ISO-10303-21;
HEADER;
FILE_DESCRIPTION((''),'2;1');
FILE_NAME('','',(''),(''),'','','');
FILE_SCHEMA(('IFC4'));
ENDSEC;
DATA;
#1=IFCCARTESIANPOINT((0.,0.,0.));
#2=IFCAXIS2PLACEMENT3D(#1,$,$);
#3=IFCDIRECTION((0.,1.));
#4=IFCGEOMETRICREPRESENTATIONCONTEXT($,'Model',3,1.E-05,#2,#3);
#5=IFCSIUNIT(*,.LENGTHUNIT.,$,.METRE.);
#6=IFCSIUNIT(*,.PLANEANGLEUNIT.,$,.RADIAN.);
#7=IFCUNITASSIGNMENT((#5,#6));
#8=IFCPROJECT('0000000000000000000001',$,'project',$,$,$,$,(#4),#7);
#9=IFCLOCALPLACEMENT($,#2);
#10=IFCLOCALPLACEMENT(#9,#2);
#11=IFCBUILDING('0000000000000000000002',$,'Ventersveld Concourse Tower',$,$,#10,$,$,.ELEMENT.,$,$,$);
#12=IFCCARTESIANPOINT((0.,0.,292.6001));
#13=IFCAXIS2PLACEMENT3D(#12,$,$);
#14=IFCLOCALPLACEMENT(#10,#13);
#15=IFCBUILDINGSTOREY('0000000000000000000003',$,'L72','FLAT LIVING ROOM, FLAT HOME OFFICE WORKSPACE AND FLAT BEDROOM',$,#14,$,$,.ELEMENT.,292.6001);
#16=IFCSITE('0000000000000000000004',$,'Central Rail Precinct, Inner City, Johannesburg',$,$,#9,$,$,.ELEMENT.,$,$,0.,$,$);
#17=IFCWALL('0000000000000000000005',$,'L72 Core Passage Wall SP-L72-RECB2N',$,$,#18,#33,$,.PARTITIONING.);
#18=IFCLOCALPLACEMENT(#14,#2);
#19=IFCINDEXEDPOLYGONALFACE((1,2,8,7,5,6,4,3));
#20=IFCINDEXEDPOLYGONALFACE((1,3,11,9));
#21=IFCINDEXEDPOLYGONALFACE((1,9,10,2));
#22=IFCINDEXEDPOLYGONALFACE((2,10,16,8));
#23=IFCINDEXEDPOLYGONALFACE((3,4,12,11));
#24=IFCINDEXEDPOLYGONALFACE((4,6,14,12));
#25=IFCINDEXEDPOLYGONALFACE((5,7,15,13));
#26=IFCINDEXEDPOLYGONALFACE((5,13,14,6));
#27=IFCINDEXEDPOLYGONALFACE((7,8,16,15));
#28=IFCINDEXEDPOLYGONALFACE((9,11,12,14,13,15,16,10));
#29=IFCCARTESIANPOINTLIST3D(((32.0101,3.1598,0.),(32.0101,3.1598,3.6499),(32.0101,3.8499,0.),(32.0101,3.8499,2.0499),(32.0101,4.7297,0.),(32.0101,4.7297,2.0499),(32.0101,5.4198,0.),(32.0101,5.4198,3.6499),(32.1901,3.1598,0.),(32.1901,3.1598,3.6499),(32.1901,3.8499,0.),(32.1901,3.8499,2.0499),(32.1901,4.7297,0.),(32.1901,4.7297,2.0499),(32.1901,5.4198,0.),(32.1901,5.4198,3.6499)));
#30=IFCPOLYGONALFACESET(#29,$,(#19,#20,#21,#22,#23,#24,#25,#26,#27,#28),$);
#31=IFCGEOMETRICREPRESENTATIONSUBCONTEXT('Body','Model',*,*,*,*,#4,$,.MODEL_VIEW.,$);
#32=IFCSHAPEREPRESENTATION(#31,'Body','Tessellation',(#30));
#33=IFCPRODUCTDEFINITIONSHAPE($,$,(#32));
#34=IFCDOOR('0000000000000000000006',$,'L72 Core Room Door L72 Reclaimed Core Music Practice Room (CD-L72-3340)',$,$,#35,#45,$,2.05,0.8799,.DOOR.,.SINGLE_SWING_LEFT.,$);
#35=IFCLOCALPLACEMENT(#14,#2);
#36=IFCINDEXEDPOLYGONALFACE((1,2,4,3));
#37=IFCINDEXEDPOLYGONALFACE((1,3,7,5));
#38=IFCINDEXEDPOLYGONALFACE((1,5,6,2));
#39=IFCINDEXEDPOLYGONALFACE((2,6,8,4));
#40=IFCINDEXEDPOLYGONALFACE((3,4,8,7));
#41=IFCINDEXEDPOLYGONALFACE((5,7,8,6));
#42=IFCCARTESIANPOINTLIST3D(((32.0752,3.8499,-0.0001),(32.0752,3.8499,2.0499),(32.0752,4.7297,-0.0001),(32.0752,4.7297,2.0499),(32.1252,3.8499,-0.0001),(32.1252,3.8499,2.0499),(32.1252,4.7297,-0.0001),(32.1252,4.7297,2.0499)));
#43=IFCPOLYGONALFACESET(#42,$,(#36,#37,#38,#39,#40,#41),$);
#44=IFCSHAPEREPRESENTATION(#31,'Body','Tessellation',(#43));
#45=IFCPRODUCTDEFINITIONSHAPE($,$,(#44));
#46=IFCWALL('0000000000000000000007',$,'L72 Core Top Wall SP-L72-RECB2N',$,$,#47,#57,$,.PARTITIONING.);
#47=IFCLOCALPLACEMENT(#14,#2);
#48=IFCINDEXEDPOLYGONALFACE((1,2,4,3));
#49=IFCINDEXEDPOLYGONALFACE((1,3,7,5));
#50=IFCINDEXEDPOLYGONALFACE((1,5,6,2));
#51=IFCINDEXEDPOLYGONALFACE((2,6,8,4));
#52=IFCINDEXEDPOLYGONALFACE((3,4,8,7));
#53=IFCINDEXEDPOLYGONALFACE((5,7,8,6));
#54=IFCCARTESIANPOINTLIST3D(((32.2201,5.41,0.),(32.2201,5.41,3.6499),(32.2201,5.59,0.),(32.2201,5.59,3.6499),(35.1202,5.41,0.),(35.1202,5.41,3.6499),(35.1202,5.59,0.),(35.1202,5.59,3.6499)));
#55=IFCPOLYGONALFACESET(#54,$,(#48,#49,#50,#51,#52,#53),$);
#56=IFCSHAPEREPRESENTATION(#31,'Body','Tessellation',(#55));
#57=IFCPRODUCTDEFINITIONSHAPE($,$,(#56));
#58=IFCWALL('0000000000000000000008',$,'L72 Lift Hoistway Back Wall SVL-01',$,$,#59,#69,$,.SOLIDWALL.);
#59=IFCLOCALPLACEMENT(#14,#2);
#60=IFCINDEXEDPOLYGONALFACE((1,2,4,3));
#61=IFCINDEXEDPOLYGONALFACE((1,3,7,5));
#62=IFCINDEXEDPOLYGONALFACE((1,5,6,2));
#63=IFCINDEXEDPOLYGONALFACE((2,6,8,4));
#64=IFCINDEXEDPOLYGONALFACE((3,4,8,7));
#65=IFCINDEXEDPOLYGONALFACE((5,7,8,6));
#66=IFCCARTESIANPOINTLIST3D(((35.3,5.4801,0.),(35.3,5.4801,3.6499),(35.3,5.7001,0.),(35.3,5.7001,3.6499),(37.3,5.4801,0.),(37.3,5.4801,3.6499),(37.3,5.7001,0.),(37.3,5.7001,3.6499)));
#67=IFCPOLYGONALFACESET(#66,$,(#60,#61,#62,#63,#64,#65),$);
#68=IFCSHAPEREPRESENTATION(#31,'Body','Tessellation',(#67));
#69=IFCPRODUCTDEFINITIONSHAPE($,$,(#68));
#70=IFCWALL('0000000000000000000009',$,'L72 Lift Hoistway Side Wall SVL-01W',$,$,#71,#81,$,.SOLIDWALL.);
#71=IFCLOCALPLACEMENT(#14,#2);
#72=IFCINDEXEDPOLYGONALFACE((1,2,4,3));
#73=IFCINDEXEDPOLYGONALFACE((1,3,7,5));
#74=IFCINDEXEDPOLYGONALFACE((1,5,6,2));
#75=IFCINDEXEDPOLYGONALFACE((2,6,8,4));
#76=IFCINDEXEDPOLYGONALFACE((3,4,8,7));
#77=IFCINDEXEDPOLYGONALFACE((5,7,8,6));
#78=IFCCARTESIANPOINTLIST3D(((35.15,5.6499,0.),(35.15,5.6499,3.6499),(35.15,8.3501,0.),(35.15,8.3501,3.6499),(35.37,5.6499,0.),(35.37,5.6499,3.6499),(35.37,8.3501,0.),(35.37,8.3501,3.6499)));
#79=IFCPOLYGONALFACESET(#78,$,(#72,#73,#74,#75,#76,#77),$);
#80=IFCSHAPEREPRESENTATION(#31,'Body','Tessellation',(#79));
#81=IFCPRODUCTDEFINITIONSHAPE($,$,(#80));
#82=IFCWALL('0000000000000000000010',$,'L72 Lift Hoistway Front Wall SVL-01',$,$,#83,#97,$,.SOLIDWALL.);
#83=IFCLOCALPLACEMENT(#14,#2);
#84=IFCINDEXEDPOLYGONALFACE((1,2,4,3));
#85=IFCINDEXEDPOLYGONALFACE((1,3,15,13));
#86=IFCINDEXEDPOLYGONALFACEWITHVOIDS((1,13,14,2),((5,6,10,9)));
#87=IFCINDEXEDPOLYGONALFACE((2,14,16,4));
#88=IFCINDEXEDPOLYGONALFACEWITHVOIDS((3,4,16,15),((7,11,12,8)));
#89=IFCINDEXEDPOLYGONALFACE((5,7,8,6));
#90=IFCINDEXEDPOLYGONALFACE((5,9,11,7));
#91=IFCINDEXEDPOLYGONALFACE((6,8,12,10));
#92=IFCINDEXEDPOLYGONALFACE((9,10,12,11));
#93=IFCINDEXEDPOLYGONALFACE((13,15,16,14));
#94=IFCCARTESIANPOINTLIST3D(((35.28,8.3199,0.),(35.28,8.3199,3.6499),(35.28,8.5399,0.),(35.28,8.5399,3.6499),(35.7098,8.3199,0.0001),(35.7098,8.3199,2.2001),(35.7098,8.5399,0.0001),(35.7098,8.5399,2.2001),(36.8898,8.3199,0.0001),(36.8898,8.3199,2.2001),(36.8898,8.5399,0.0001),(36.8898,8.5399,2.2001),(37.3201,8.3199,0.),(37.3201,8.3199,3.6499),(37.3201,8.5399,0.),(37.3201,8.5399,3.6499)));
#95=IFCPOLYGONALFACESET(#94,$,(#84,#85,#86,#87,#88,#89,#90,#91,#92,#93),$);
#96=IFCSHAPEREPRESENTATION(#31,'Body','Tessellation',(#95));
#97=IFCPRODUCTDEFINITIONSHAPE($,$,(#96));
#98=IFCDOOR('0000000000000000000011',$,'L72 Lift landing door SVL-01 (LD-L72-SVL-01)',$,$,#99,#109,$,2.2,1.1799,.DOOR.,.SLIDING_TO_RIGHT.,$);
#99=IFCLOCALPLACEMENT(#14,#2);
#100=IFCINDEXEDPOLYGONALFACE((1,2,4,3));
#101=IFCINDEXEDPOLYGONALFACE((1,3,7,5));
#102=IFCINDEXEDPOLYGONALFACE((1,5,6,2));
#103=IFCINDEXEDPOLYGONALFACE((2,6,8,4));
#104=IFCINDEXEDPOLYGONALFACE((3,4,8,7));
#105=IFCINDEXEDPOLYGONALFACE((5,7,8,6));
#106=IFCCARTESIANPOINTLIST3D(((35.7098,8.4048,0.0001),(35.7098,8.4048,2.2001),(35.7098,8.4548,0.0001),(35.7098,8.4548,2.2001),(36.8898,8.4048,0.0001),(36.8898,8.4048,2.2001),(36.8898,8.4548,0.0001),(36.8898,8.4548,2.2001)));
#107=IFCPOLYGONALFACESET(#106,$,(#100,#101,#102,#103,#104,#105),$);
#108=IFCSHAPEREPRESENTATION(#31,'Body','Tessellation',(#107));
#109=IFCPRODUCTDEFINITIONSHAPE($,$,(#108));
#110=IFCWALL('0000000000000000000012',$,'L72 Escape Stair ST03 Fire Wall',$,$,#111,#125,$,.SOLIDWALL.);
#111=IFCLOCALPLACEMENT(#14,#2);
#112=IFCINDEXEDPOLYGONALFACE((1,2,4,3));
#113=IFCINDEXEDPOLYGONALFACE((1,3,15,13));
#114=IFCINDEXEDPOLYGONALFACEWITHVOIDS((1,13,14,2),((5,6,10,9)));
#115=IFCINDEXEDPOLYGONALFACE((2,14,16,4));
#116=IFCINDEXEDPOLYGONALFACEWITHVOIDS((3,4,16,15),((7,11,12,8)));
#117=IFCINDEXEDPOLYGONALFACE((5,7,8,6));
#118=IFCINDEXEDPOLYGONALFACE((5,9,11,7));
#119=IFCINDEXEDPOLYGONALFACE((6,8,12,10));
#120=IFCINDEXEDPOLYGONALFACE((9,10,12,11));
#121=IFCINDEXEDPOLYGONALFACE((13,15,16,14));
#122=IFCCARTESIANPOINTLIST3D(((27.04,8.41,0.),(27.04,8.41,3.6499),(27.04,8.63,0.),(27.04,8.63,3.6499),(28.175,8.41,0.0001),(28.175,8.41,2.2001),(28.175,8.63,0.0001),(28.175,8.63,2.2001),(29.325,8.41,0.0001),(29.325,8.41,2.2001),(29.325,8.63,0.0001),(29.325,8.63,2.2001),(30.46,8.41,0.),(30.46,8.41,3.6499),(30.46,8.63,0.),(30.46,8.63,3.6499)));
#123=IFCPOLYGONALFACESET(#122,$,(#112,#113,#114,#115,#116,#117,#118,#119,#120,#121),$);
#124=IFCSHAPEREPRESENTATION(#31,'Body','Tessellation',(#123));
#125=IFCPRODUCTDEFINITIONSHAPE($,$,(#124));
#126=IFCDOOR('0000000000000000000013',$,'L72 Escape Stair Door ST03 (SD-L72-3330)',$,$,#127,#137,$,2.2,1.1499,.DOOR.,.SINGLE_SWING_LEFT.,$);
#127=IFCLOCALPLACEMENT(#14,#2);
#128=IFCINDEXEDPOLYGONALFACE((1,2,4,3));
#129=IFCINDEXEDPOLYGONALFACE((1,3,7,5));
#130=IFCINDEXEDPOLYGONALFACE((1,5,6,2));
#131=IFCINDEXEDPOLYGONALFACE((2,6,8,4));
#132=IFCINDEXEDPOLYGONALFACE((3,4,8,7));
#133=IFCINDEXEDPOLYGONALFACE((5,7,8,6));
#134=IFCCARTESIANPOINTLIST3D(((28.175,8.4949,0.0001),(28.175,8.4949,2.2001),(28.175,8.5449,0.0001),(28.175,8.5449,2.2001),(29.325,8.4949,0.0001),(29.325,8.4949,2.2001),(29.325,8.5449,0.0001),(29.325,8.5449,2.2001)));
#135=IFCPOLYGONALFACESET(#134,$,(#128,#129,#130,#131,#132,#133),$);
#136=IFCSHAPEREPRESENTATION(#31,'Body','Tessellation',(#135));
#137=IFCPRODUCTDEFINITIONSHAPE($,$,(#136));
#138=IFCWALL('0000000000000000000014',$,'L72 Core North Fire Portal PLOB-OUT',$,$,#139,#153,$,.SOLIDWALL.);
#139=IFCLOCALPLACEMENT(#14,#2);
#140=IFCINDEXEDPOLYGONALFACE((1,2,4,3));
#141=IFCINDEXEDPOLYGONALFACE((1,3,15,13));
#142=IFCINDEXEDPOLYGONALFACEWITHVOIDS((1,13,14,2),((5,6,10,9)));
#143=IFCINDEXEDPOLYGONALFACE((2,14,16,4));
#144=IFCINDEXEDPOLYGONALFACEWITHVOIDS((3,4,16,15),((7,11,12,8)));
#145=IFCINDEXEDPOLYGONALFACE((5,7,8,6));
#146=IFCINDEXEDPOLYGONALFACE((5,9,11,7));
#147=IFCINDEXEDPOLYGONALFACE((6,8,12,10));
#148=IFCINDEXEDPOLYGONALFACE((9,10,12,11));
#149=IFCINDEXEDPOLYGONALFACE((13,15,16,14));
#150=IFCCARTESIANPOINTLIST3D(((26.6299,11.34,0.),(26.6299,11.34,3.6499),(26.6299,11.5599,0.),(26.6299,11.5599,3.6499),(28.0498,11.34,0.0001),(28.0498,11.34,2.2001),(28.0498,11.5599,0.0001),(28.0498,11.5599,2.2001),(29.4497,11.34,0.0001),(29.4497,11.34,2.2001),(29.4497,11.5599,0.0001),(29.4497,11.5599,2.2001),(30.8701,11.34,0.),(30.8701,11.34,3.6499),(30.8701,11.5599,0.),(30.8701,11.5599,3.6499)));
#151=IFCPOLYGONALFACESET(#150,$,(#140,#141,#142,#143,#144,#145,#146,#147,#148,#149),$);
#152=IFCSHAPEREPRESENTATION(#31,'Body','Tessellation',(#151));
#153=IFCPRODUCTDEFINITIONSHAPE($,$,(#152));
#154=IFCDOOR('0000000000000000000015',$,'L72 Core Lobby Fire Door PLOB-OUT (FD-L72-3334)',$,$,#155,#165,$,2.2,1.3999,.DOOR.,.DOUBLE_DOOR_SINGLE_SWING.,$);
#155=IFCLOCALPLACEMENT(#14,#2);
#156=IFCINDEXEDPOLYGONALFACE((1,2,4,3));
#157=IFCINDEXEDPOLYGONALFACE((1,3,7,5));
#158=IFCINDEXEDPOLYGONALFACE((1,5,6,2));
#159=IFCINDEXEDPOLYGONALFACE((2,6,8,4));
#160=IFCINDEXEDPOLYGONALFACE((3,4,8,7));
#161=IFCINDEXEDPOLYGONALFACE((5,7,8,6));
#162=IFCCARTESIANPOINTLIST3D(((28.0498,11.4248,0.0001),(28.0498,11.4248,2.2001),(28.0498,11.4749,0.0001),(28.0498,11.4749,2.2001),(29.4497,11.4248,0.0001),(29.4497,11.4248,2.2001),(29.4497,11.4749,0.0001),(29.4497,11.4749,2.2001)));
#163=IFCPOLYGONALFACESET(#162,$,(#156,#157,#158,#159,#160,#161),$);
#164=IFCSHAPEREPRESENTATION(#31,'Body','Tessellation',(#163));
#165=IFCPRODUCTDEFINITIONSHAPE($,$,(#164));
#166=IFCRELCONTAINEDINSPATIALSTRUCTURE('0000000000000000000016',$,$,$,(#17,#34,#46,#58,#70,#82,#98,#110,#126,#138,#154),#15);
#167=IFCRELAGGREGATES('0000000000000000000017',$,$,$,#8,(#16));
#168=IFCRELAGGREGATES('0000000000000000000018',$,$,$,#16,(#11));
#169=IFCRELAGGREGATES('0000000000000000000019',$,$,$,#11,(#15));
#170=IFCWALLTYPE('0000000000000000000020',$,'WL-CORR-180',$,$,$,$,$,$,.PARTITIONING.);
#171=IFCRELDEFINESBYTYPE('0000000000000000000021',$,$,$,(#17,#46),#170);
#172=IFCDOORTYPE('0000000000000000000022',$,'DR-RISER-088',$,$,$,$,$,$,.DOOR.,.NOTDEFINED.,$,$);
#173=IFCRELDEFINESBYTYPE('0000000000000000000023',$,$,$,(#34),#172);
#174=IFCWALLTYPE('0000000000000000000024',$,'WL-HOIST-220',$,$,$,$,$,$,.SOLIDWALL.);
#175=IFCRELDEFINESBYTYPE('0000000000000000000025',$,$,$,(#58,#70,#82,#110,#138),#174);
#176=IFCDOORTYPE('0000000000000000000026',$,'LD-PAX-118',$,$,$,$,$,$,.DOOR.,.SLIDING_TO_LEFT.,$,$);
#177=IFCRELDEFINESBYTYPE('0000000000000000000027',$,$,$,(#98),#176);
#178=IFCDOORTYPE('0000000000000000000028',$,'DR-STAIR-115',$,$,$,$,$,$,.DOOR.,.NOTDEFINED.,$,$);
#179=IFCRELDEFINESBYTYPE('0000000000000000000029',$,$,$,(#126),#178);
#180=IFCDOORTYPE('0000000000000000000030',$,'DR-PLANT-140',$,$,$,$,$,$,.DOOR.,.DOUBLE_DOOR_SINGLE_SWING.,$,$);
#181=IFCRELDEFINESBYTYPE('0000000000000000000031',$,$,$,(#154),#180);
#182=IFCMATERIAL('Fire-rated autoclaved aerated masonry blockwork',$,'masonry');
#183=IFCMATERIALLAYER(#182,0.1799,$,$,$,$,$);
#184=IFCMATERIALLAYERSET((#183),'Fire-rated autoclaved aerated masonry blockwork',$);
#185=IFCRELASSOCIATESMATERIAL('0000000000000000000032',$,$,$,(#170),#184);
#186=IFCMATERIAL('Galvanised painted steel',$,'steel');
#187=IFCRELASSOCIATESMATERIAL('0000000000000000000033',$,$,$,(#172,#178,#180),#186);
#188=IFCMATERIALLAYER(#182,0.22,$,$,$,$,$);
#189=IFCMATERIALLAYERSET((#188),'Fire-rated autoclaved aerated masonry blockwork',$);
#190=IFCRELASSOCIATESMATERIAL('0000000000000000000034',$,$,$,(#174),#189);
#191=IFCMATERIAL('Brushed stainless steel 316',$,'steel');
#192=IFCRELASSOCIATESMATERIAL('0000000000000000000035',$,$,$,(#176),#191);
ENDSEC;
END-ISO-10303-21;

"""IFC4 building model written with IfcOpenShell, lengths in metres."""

from ifc_helpers import new_model, si_unit, direction, frame, frame_2d, origin, place, context, subcontext, project, spatial, rectangle, extrude, material, layer, layer_set, type_object, element, fill, save


model = new_model("IFC4")

# Units and contexts
model_context = context("Model", 3, precision=1e-05, world=origin(), true_north=direction((0.0, 1.0)))
body_context = subcontext(model_context, "Body", "Model", "MODEL_VIEW")
ifc_project = project(units=[si_unit("LENGTHUNIT", "METRE"), si_unit("PLANEANGLEUNIT", "RADIAN")], contexts=[model_context])

# Site, building, storey
site_placement = place(None, origin())
site = spatial("IfcSite", under=ifc_project, at=site_placement, Name="Central Rail Precinct, Inner City, Johannesburg", CompositionType="ELEMENT", RefElevation=0.0)
building_placement = place(site_placement, origin())
building = spatial("IfcBuilding", under=site, at=building_placement, Name="Ventersveld Concourse Tower", CompositionType="ELEMENT")
storey_placement = place(building_placement, frame((0.0, 0.0, 292.6001)))
storey = spatial("IfcBuildingStorey", under=building, at=storey_placement, Name="L72", Description="FLAT LIVING ROOM, FLAT HOME OFFICE WORKSPACE AND FLAT BEDROOM", CompositionType="ELEMENT", Elevation=292.6001)

# Shared definitions
ifc_material_1 = material(Name="Fire-rated autoclaved aerated masonry blockwork", Category="masonry")
ifc_layer_1 = layer(ifc_material_1, 0.1799)
ifc_layer_set_1 = layer_set([ifc_layer_1], Name="Fire-rated autoclaved aerated masonry blockwork")
wall_type_1 = type_object("IfcWallType", Name="WL-CORR-180", PredefinedType="PARTITIONING", material=ifc_layer_set_1)
ifc_material_2 = material(Name="Galvanised painted steel", Category="steel")
door_type_1 = type_object("IfcDoorType", Name="DR-RISER-088", OperationType="NOTDEFINED", PredefinedType="DOOR", material=ifc_material_2)

# Wall, opening, door
wall_1_placement = place(storey_placement, frame((32.1001, 3.1599, 0.0), z_axis=(0.0, 0.0, 1.0), x_axis=(0.0, 1.0, 0.0)))
wall_1 = element("IfcWall", 1, at=wall_1_placement, inside=storey, type_object=wall_type_1, Name="L72 Core Passage Wall SP-L72-RECB2N", PredefinedType="PARTITIONING", context=body_context, shape_type="SweptSolid", body=[
    extrude(rectangle(XDim=2.26, YDim=0.1799, at=frame_2d((1.1299, 0.0))), origin(), (0.0, 0.0, 1.0), 3.6499),
])
opening_1_placement = place(wall_1_placement, frame((0.6899, 0.0, 0.0)))
opening_1 = element("IfcOpeningElement", 2, at=opening_1_placement, cuts=wall_1, PredefinedType="OPENING", context=body_context, shape_type="SweptSolid", body=[
    extrude(rectangle(XDim=0.8799, YDim=2.05, at=frame_2d((0.4399, 1.0249))), frame((0.0, 0.1001, 0.0), z_axis=(0.0, -1.0, 0.0), x_axis=(1.0, 0.0, 0.0)), (0.0, 0.0, 1.0), 0.2),
])
door_1_placement = place(opening_1_placement, origin())
door_1 = element("IfcDoor", 3, at=door_1_placement, inside=storey, type_object=door_type_1, Name="L72 Core Room Door L72 Reclaimed Core Music Practice Room (CD-L72-3340)", OperationType="SINGLE_SWING_LEFT", OverallHeight=2.05, OverallWidth=0.8799, PredefinedType="DOOR", context=body_context, shape_type="SweptSolid", body=[
    extrude(rectangle(XDim=0.8799, YDim=2.05, at=frame_2d((0.4399, 1.0249))), frame((0.0, 0.0249, 0.0), z_axis=(0.0, -1.0, 0.0), x_axis=(1.0, 0.0, 0.0)), (0.0, 0.0, 1.0), 0.05),
])
fill(opening_1, door_1)

# Walls
wall_2_placement = place(storey_placement, frame((32.22, 5.5, 0.0), z_axis=(0.0, 0.0, 1.0), x_axis=(1.0, 0.0, 0.0)))
element("IfcWall", 4, at=wall_2_placement, inside=storey, type_object=wall_type_1, Name="L72 Core Top Wall SP-L72-RECB2N", PredefinedType="PARTITIONING", context=body_context, shape_type="SweptSolid", body=[
    extrude(rectangle(XDim=2.9001, YDim=0.1799, at=frame_2d((1.4502, 0.0))), origin(), (0.0, 0.0, 1.0), 3.6499),
])
ifc_layer_2 = layer(ifc_material_1, 0.22)
ifc_layer_set_2 = layer_set([ifc_layer_2], Name="Fire-rated autoclaved aerated masonry blockwork")
wall_type_2 = type_object("IfcWallType", Name="WL-HOIST-220", PredefinedType="SOLIDWALL", material=ifc_layer_set_2)
wall_3_placement = place(storey_placement, frame((35.3, 5.5901, 0.0), z_axis=(0.0, 0.0, 1.0), x_axis=(1.0, 0.0, 0.0)))
element("IfcWall", 5, at=wall_3_placement, inside=storey, type_object=wall_type_2, Name="L72 Lift Hoistway Back Wall SVL-01", PredefinedType="SOLIDWALL", context=body_context, shape_type="SweptSolid", body=[
    extrude(rectangle(XDim=2.0, YDim=0.22, at=frame_2d((1.0, 0.0))), origin(), (0.0, 0.0, 1.0), 3.6499),
])
wall_4_placement = place(storey_placement, frame((35.26, 5.6499, 0.0), z_axis=(0.0, 0.0, 1.0), x_axis=(0.0, 1.0, 0.0)))
element("IfcWall", 6, at=wall_4_placement, inside=storey, type_object=wall_type_2, Name="L72 Lift Hoistway Side Wall SVL-01W", PredefinedType="SOLIDWALL", context=body_context, shape_type="SweptSolid", body=[
    extrude(rectangle(XDim=2.7002, YDim=0.22, at=frame_2d((1.3501, 0.0))), origin(), (0.0, 0.0, 1.0), 3.6499),
])

# Walls, openings, doors
wall_5_placement = place(storey_placement, frame((35.28, 8.4299, 0.0), z_axis=(0.0, 0.0, 1.0), x_axis=(1.0, 0.0, 0.0)))
wall_5 = element("IfcWall", 7, at=wall_5_placement, inside=storey, type_object=wall_type_2, Name="L72 Lift Hoistway Front Wall SVL-01", PredefinedType="SOLIDWALL", context=body_context, shape_type="SweptSolid", body=[
    extrude(rectangle(XDim=2.04, YDim=0.22, at=frame_2d((1.02, 0.0))), origin(), (0.0, 0.0, 1.0), 3.6499),
])
opening_2_placement = place(wall_5_placement, frame((0.4299, 0.0, 0.0)))
opening_2 = element("IfcOpeningElement", 8, at=opening_2_placement, cuts=wall_5, PredefinedType="OPENING", context=body_context, shape_type="SweptSolid", body=[
    extrude(rectangle(XDim=1.1799, YDim=2.2, at=frame_2d((0.5898, 1.1001))), frame((0.0, 0.1201, 0.0), z_axis=(0.0, -1.0, 0.0), x_axis=(1.0, 0.0, 0.0)), (0.0, 0.0, 1.0), 0.24),
])
ifc_material_3 = material(Name="Brushed stainless steel 316", Category="steel")
door_type_2 = type_object("IfcDoorType", Name="LD-PAX-118", OperationType="SLIDING_TO_LEFT", PredefinedType="DOOR", material=ifc_material_3)
door_2_placement = place(opening_2_placement, origin())
door_2 = element("IfcDoor", 9, at=door_2_placement, inside=storey, type_object=door_type_2, Name="L72 Lift landing door SVL-01 (LD-L72-SVL-01)", OperationType="SLIDING_TO_RIGHT", OverallHeight=2.2, OverallWidth=1.1799, PredefinedType="DOOR", context=body_context, shape_type="SweptSolid", body=[
    extrude(rectangle(XDim=1.1799, YDim=2.2, at=frame_2d((0.5898, 1.1001))), frame((0.0, 0.0249, 0.0), z_axis=(0.0, -1.0, 0.0), x_axis=(1.0, 0.0, 0.0)), (0.0, 0.0, 1.0), 0.05),
])
fill(opening_2, door_2)
wall_6_placement = place(storey_placement, frame((27.04, 8.52, 0.0), z_axis=(0.0, 0.0, 1.0), x_axis=(1.0, 0.0, 0.0)))
wall_6 = element("IfcWall", 10, at=wall_6_placement, inside=storey, type_object=wall_type_2, Name="L72 Escape Stair ST03 Fire Wall", PredefinedType="SOLIDWALL", context=body_context, shape_type="SweptSolid", body=[
    extrude(rectangle(XDim=3.4199, YDim=0.22, at=frame_2d((1.71, 0.0))), origin(), (0.0, 0.0, 1.0), 3.6499),
])
opening_3_placement = place(wall_6_placement, frame((1.135, 0.0, 0.0)))
opening_3 = element("IfcOpeningElement", 11, at=opening_3_placement, cuts=wall_6, PredefinedType="OPENING", context=body_context, shape_type="SweptSolid", body=[
    extrude(rectangle(XDim=1.1499, YDim=2.2, at=frame_2d((0.575, 1.1001))), frame((0.0, 0.1201, 0.0), z_axis=(0.0, -1.0, 0.0), x_axis=(1.0, 0.0, 0.0)), (0.0, 0.0, 1.0), 0.24),
])
door_type_3 = type_object("IfcDoorType", Name="DR-STAIR-115", OperationType="NOTDEFINED", PredefinedType="DOOR", material=ifc_material_2)
door_3_placement = place(opening_3_placement, origin())
door_3 = element("IfcDoor", 12, at=door_3_placement, inside=storey, type_object=door_type_3, Name="L72 Escape Stair Door ST03 (SD-L72-3330)", OperationType="SINGLE_SWING_LEFT", OverallHeight=2.2, OverallWidth=1.1499, PredefinedType="DOOR", context=body_context, shape_type="SweptSolid", body=[
    extrude(rectangle(XDim=1.1499, YDim=2.2, at=frame_2d((0.575, 1.1001))), frame((0.0, 0.0249, 0.0), z_axis=(0.0, -1.0, 0.0), x_axis=(1.0, 0.0, 0.0)), (0.0, 0.0, 1.0), 0.05),
])
fill(opening_3, door_3)
wall_7_placement = place(storey_placement, frame((26.6299, 11.45, 0.0), z_axis=(0.0, 0.0, 1.0), x_axis=(1.0, 0.0, 0.0)))
wall_7 = element("IfcWall", 13, at=wall_7_placement, inside=storey, type_object=wall_type_2, Name="L72 Core North Fire Portal PLOB-OUT", PredefinedType="SOLIDWALL", context=body_context, shape_type="SweptSolid", body=[
    extrude(rectangle(XDim=4.2402, YDim=0.22, at=frame_2d((2.1201, 0.0))), origin(), (0.0, 0.0, 1.0), 3.6499),
])
opening_4_placement = place(wall_7_placement, frame((1.4199, 0.0, 0.0)))
opening_4 = element("IfcOpeningElement", 14, at=opening_4_placement, cuts=wall_7, PredefinedType="OPENING", context=body_context, shape_type="SweptSolid", body=[
    extrude(rectangle(XDim=1.3999, YDim=2.2, at=frame_2d((0.7, 1.1001))), frame((0.0, 0.1201, 0.0), z_axis=(0.0, -1.0, 0.0), x_axis=(1.0, 0.0, 0.0)), (0.0, 0.0, 1.0), 0.24),
])
door_type_4 = type_object("IfcDoorType", Name="DR-PLANT-140", OperationType="DOUBLE_DOOR_SINGLE_SWING", PredefinedType="DOOR", material=ifc_material_2)
door_4_placement = place(opening_4_placement, origin())
door_4 = element("IfcDoor", 15, at=door_4_placement, inside=storey, type_object=door_type_4, Name="L72 Core Lobby Fire Door PLOB-OUT (FD-L72-3334)", OperationType="DOUBLE_DOOR_SINGLE_SWING", OverallHeight=2.2, OverallWidth=1.3999, PredefinedType="DOOR", context=body_context, shape_type="SweptSolid", body=[
    extrude(rectangle(XDim=1.3999, YDim=2.2, at=frame_2d((0.7, 1.1001))), frame((0.0, 0.0249, 0.0), z_axis=(0.0, -1.0, 0.0), x_axis=(1.0, 0.0, 0.0)), (0.0, 0.0, 1.0), 0.05),
])
fill(opening_4, door_4)

save(model, "model.ifc")
